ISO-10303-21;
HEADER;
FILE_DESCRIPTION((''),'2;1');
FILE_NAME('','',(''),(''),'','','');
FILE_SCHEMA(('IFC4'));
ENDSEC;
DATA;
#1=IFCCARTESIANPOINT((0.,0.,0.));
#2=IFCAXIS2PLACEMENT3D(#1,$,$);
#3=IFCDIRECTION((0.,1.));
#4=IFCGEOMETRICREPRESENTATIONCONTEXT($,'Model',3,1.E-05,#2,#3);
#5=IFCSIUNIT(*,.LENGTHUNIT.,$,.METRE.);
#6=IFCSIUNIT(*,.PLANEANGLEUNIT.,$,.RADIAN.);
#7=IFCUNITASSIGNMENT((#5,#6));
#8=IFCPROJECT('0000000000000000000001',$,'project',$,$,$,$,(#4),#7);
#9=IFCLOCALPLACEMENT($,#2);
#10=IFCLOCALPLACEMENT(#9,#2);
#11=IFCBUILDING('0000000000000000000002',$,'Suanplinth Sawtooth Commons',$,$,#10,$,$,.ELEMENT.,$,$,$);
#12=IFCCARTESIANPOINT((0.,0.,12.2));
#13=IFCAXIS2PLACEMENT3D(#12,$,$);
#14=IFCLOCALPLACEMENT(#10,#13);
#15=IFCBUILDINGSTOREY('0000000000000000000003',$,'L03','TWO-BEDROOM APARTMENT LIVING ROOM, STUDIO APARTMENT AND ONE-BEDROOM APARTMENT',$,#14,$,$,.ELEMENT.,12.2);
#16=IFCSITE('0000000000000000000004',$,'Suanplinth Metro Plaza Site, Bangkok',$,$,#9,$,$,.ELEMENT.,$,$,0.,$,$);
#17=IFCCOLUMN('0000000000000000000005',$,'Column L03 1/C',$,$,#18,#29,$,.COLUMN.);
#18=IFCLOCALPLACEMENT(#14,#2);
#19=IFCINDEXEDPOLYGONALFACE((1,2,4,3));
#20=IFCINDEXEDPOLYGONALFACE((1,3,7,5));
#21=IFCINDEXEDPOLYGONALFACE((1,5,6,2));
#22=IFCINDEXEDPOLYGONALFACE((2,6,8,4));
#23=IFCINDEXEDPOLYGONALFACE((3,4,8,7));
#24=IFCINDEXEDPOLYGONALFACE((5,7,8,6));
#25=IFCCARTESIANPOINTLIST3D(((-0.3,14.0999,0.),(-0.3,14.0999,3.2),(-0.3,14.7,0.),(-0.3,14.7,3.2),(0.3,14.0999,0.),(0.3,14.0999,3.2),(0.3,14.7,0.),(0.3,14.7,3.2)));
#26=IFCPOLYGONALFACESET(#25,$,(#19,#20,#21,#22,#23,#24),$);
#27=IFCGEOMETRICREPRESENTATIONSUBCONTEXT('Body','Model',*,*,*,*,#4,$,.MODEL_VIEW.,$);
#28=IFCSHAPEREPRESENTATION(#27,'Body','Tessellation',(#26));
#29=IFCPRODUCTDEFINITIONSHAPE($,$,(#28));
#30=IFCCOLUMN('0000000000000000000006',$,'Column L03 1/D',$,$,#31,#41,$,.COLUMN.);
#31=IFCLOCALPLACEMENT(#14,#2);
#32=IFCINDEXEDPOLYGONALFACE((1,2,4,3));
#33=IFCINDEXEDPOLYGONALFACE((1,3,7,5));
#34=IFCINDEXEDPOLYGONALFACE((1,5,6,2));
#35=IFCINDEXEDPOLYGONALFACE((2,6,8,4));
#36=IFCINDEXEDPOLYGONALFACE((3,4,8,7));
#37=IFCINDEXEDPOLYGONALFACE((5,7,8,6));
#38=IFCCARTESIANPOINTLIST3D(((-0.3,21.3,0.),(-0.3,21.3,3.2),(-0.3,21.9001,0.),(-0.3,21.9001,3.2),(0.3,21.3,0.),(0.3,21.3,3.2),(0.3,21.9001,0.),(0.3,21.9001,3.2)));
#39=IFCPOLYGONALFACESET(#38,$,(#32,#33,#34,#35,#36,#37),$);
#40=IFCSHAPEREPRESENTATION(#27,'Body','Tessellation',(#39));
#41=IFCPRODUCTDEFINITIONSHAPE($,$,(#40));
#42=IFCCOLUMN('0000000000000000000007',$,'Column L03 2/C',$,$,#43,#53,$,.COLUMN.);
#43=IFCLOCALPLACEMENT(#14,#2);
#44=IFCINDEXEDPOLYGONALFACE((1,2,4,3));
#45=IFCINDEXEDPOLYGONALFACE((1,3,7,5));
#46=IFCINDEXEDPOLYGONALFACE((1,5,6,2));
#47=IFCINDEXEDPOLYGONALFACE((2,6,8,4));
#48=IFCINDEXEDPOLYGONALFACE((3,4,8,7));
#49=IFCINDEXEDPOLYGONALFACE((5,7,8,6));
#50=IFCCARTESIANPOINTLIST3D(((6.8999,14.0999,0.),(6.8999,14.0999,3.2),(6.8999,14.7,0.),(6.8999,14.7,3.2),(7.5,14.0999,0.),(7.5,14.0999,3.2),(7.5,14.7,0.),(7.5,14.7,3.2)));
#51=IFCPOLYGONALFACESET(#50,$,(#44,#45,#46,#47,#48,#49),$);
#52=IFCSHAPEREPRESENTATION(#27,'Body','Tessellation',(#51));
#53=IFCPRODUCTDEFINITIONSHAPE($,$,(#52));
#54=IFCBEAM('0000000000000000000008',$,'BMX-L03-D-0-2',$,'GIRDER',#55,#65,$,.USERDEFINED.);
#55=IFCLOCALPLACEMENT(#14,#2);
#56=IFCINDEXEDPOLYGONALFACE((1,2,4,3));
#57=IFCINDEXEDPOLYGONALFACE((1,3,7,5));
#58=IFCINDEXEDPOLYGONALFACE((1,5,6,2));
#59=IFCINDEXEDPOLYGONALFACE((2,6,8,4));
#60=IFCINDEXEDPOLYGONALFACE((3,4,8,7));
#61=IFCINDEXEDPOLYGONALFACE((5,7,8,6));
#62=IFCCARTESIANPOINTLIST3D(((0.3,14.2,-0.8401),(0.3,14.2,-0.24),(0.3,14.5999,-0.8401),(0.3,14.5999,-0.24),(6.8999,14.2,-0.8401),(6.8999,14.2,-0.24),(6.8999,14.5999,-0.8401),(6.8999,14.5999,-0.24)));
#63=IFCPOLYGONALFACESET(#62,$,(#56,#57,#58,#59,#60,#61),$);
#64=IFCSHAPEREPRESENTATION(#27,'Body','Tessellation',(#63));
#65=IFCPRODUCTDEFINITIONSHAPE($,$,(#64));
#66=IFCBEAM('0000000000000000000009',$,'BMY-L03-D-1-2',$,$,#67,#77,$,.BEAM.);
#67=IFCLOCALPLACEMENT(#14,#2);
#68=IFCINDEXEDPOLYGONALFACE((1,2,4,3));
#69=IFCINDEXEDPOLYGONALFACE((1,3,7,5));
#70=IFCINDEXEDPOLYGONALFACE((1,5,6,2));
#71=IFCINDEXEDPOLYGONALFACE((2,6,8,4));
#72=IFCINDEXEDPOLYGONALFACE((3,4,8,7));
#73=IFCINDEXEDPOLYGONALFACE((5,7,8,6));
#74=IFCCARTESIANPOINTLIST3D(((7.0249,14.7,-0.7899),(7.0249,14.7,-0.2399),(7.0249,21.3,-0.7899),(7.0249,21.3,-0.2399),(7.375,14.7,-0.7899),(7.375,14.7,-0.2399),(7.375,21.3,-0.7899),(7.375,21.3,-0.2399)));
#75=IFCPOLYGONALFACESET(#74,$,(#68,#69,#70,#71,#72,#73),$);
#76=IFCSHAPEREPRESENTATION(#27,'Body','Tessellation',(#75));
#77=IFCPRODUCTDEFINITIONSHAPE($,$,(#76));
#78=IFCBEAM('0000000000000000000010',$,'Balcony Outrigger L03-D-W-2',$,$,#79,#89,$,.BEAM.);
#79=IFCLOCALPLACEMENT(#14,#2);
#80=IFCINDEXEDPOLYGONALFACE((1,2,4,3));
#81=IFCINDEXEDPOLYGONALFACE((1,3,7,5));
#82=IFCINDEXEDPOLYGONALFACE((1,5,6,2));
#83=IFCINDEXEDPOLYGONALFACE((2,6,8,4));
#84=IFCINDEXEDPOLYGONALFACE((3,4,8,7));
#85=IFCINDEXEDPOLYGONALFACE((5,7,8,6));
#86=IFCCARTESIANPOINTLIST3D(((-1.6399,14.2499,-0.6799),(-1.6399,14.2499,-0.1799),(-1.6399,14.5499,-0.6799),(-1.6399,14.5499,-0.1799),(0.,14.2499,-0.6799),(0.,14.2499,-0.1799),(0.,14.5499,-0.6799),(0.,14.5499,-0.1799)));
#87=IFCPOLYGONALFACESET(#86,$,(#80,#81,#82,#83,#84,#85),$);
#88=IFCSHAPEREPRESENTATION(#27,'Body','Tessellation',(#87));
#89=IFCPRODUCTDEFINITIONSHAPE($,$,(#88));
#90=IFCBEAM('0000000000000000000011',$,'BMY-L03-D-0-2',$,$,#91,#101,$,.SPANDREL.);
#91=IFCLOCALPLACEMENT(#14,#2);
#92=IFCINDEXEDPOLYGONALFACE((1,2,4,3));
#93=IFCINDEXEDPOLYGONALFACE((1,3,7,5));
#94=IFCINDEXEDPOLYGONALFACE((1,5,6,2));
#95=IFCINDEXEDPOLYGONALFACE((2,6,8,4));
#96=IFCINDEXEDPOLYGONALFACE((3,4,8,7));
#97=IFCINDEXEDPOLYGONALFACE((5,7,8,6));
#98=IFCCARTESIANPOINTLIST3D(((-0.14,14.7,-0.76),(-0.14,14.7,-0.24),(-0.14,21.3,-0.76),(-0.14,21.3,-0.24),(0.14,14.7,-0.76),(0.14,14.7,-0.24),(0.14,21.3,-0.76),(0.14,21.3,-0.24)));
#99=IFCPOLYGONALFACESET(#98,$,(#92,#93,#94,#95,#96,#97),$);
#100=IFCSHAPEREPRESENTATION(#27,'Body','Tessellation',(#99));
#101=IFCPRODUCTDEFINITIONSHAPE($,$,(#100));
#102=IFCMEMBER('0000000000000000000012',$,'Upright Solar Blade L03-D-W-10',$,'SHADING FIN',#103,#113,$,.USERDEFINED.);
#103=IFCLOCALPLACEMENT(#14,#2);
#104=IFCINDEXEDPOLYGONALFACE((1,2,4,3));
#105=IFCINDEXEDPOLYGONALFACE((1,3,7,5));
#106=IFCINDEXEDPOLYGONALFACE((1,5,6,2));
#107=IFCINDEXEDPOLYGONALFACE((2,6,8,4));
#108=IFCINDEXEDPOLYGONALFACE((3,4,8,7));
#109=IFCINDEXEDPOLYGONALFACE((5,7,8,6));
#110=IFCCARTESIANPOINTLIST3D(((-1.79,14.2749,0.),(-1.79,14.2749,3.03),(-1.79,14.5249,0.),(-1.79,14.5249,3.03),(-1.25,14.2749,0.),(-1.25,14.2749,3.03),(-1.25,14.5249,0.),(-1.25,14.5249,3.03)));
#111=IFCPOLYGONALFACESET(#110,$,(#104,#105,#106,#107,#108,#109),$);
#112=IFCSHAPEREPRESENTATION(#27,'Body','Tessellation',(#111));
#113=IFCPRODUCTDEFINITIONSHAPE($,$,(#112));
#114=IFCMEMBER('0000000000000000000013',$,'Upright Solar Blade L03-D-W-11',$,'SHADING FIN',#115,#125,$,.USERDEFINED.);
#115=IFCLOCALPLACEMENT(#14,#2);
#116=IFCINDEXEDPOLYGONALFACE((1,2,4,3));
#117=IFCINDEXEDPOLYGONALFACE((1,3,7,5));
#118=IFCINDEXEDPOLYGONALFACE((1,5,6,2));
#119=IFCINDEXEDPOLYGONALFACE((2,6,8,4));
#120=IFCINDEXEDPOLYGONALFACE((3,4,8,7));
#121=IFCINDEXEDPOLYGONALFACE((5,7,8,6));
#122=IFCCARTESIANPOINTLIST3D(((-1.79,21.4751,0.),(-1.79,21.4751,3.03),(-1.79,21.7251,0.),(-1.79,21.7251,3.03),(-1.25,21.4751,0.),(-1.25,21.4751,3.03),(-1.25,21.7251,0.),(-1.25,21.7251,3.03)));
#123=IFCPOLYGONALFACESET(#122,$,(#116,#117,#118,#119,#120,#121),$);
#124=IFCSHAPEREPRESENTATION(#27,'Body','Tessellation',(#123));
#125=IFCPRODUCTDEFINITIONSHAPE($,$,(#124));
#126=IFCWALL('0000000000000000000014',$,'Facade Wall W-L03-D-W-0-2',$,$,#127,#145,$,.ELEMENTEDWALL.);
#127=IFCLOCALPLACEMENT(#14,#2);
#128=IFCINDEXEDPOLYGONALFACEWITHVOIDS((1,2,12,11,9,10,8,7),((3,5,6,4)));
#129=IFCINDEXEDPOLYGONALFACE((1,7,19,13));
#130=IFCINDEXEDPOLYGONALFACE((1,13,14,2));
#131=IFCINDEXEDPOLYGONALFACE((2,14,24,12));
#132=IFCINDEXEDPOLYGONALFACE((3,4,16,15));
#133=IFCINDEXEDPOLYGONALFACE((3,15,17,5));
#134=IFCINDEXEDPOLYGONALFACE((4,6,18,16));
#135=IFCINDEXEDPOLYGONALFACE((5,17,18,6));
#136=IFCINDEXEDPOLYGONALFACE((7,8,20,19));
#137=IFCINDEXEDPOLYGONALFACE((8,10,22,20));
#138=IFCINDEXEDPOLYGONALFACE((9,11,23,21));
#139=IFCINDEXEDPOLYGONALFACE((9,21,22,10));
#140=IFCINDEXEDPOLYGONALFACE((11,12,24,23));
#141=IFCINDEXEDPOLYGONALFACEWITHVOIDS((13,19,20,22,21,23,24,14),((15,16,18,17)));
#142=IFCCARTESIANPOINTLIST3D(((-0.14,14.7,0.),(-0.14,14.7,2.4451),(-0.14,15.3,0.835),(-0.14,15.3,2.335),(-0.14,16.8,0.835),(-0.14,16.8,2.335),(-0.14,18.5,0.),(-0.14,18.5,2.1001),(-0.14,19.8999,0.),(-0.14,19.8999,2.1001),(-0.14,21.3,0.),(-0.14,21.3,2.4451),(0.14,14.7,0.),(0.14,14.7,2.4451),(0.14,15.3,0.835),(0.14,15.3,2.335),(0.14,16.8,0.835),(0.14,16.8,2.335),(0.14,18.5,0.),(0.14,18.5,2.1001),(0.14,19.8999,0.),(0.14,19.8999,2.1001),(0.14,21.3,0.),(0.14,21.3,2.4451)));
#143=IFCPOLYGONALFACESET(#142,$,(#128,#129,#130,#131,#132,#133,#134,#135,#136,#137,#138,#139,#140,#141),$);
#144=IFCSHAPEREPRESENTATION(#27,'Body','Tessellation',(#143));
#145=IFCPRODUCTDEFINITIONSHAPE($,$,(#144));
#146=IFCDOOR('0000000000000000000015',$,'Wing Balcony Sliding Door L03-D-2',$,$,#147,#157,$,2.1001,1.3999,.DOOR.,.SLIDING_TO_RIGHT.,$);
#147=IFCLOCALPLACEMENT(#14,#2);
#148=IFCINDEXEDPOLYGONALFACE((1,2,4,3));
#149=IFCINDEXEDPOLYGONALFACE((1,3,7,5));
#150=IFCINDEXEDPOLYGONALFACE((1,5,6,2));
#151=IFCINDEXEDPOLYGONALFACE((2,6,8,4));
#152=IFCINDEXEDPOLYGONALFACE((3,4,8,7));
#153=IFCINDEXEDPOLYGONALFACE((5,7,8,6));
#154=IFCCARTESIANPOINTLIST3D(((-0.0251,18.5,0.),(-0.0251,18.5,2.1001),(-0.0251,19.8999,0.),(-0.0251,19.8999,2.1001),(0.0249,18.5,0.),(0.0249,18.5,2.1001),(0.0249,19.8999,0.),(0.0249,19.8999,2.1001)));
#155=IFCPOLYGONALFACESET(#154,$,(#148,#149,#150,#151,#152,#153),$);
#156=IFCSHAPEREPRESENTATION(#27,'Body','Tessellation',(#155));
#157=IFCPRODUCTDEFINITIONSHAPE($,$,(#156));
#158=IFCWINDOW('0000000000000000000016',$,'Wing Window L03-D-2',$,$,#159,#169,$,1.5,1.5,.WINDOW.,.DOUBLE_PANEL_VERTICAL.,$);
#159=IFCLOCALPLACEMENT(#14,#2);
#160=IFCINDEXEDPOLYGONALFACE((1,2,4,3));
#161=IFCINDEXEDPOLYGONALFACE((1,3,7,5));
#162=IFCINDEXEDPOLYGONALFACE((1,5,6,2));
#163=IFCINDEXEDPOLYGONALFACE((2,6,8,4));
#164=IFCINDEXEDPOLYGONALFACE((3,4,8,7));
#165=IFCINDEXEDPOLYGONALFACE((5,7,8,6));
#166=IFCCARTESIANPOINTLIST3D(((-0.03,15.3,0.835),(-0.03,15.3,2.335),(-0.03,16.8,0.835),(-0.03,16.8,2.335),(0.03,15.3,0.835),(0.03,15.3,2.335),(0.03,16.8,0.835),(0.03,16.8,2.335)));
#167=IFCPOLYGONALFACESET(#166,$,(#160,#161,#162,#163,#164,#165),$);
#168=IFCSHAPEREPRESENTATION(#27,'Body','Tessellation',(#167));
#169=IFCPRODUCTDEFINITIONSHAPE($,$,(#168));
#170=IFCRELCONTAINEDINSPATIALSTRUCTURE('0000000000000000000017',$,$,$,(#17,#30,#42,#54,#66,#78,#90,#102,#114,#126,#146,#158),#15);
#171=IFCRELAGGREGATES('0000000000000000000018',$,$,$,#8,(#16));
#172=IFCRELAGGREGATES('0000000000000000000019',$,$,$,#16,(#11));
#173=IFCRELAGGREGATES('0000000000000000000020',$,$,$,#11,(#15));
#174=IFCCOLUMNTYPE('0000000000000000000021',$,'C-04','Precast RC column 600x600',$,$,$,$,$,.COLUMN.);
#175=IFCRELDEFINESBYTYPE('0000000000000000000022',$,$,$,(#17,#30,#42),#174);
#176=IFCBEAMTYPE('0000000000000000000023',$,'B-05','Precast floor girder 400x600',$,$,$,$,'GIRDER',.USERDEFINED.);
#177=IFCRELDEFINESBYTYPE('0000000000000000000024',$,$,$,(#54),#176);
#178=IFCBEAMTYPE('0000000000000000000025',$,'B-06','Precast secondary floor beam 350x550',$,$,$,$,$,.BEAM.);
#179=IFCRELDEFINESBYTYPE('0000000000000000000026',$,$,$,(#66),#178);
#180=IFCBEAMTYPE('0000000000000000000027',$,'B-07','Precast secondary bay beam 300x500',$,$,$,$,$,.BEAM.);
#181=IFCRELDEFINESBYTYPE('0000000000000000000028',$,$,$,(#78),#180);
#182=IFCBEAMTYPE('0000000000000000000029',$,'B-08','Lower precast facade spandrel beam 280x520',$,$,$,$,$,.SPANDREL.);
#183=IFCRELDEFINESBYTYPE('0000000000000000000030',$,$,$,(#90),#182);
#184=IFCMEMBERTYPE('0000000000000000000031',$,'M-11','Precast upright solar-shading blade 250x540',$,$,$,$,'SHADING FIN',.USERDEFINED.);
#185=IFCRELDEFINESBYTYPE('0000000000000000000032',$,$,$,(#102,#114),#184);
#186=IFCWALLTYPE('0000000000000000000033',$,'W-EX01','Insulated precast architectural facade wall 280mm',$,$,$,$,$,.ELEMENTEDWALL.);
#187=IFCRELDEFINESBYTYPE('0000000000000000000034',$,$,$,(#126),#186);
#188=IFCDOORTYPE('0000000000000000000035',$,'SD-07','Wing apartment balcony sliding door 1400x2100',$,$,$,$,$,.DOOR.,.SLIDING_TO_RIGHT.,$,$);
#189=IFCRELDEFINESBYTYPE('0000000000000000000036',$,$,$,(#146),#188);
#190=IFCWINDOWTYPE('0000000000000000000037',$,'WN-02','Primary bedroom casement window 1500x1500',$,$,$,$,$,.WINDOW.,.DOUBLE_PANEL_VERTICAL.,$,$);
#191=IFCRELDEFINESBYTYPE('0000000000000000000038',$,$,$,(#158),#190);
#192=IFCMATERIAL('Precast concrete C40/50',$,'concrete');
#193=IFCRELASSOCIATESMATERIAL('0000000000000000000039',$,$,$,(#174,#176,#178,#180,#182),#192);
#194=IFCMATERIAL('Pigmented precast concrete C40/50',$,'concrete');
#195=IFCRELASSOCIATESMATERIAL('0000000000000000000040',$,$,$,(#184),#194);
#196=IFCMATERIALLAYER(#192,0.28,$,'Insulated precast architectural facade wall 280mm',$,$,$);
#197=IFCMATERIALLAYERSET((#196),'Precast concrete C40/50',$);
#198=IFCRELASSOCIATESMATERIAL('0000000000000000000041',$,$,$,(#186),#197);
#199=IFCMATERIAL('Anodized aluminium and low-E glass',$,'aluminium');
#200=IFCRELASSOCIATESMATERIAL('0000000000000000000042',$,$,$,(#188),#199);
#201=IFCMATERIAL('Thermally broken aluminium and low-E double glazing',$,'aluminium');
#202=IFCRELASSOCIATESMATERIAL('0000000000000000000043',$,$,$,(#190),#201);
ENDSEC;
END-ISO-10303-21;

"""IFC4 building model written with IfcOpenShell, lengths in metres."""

from ifc_helpers import new_model, si_unit, direction, frame, frame_2d, origin, origin_2d, place, context, subcontext, project, spatial, rectangle, extrude, material, layer, layer_set, material_profile, profile_set, type_object, element, fill, save


model = new_model("IFC4")

# Units and contexts
model_context = context("Model", 3, precision=1e-05, world=origin(), true_north=direction((0.0, 1.0)))
body_context = subcontext(model_context, "Body", "Model", "MODEL_VIEW")
ifc_project = project(units=[si_unit("LENGTHUNIT", "METRE"), si_unit("PLANEANGLEUNIT", "RADIAN")], contexts=[model_context])

# Site, building, storey
site_placement = place(None, origin())
site = spatial("IfcSite", under=ifc_project, at=site_placement, Name="Suanplinth Metro Plaza Site, Bangkok", CompositionType="ELEMENT", RefElevation=0.0)
building_placement = place(site_placement, origin())
building = spatial("IfcBuilding", under=site, at=building_placement, Name="Suanplinth Sawtooth Commons", CompositionType="ELEMENT")
storey_placement = place(building_placement, frame((0.0, 0.0, 12.2)))
storey = spatial("IfcBuildingStorey", under=building, at=storey_placement, Name="L03", Description="TWO-BEDROOM APARTMENT LIVING ROOM, STUDIO APARTMENT AND ONE-BEDROOM APARTMENT", CompositionType="ELEMENT", Elevation=12.2)

# Columns
ifc_material_1 = material(Name="Precast concrete C40/50", Category="concrete")
ifc_material_profile_1 = material_profile(ifc_material_1, rectangle(XDim=0.6001, YDim=0.6001, at=origin_2d()), Name="PC-COL 600x600")
ifc_profile_set_1 = profile_set([ifc_material_profile_1], Name="Precast concrete C40/50")
column_type = type_object("IfcColumnType", Name="C-04", Description="Precast RC column 600x600", PredefinedType="COLUMN", material=ifc_profile_set_1)
for number, where, z_axis, x_axis, name in (
    (1, (0.0, 14.3999, 0.0), (0.0, 0.0, 1.0), (1.0, 0.0, 0.0), "Column L03 1/C"),
    (2, (0.0, 21.6001, 0.0), (0.0, 0.0, 1.0), (1.0, 0.0, 0.0), "Column L03 1/D"),
    (3, (7.2, 14.3999, 0.0), (0.0, 0.0, 1.0), (1.0, 0.0, 0.0), "Column L03 2/C"),
):
    element("IfcColumn", number, at=place(storey_placement, frame(where, z_axis=z_axis, x_axis=x_axis)), inside=storey, type_object=column_type, Name=name, PredefinedType="COLUMN", context=body_context, shape_type="SweptSolid", body=[
        extrude(rectangle(XDim=0.6001, YDim=0.6001, at=origin_2d()), origin(), (0.0, 0.0, 1.0), 3.2),
    ])

# Beams
ifc_material_profile_2 = material_profile(ifc_material_1, rectangle(XDim=0.3999, YDim=0.6001, at=origin_2d()), Name="PC-GDR 400x600")
ifc_profile_set_2 = profile_set([ifc_material_profile_2], Name="Precast concrete C40/50")
beam_type_1 = type_object("IfcBeamType", Name="B-05", Description="Precast floor girder 400x600", ElementType="GIRDER", PredefinedType="USERDEFINED", material=ifc_profile_set_2)
beam_1_placement = place(storey_placement, frame((0.3, 14.3999, -0.54), z_axis=(1.0, 0.0, 0.0), x_axis=(0.0, 1.0, 0.0)))
element("IfcBeam", 4, at=beam_1_placement, inside=storey, type_object=beam_type_1, Name="BMX-L03-D-0-2", ObjectType="GIRDER", PredefinedType="USERDEFINED", context=body_context, shape_type="SweptSolid", body=[
    extrude(rectangle(XDim=0.3999, YDim=0.6001, at=origin_2d()), origin(), (0.0, 0.0, 1.0), 6.5999),
])
ifc_material_profile_3 = material_profile(ifc_material_1, rectangle(XDim=0.3501, YDim=0.55, at=origin_2d()), Name="PC-BM 350x550")
ifc_profile_set_3 = profile_set([ifc_material_profile_3], Name="Precast concrete C40/50")
beam_type_2 = type_object("IfcBeamType", Name="B-06", Description="Precast secondary floor beam 350x550", PredefinedType="BEAM", material=ifc_profile_set_3)
beam_2_placement = place(storey_placement, frame((7.2, 14.7, -0.5149), z_axis=(0.0, 1.0, 0.0), x_axis=(-1.0, 0.0, 0.0)))
element("IfcBeam", 5, at=beam_2_placement, inside=storey, type_object=beam_type_2, Name="BMY-L03-D-1-2", PredefinedType="BEAM", context=body_context, shape_type="SweptSolid", body=[
    extrude(rectangle(XDim=0.3501, YDim=0.55, at=origin_2d()), origin(), (0.0, 0.0, 1.0), 6.6001),
])
ifc_material_profile_4 = material_profile(ifc_material_1, rectangle(XDim=0.3, YDim=0.5, at=origin_2d()), Name="PC-BM 300x500")
ifc_profile_set_4 = profile_set([ifc_material_profile_4], Name="Precast concrete C40/50")
beam_type_3 = type_object("IfcBeamType", Name="B-07", Description="Precast secondary bay beam 300x500", PredefinedType="BEAM", material=ifc_profile_set_4)
beam_3_placement = place(storey_placement, frame((0.0, 14.3999, -0.4299), z_axis=(-1.0, 0.0, 0.0), x_axis=(0.0, -1.0, 0.0)))
element("IfcBeam", 6, at=beam_3_placement, inside=storey, type_object=beam_type_3, Name="Balcony Outrigger L03-D-W-2", PredefinedType="BEAM", context=body_context, shape_type="SweptSolid", body=[
    extrude(rectangle(XDim=0.3, YDim=0.5, at=origin_2d()), origin(), (0.0, 0.0, 1.0), 1.6399),
])
ifc_material_profile_5 = material_profile(ifc_material_1, rectangle(XDim=0.28, YDim=0.52, at=origin_2d()), Name="PC-SP 280x520")
ifc_profile_set_5 = profile_set([ifc_material_profile_5], Name="Precast concrete C40/50")
beam_type_4 = type_object("IfcBeamType", Name="B-08", Description="Lower precast facade spandrel beam 280x520", PredefinedType="SPANDREL", material=ifc_profile_set_5)
beam_4_placement = place(storey_placement, frame((0.0, 14.7, -0.5), z_axis=(0.0, 1.0, 0.0), x_axis=(-1.0, 0.0, 0.0)))
element("IfcBeam", 7, at=beam_4_placement, inside=storey, type_object=beam_type_4, Name="BMY-L03-D-0-2", PredefinedType="SPANDREL", context=body_context, shape_type="SweptSolid", body=[
    extrude(rectangle(XDim=0.28, YDim=0.52, at=origin_2d()), origin(), (0.0, 0.0, 1.0), 6.6001),
])

# Members
ifc_material_2 = material(Name="Pigmented precast concrete C40/50", Category="concrete")
ifc_material_profile_6 = material_profile(ifc_material_2, rectangle(XDim=0.25, YDim=0.54, at=origin_2d()), Name="PC-FIN 250x540")
ifc_profile_set_6 = profile_set([ifc_material_profile_6], Name="Pigmented precast concrete C40/50")
member_type = type_object("IfcMemberType", Name="M-11", Description="Precast upright solar-shading blade 250x540", ElementType="SHADING FIN", PredefinedType="USERDEFINED", material=ifc_profile_set_6)
for number, where, z_axis, x_axis, name in (
    (8, (-1.52, 14.3999, 0.0), (0.0, 0.0, 1.0), (0.0, 1.0, 0.0), "Upright Solar Blade L03-D-W-10"),
    (9, (-1.52, 21.6001, 0.0), (0.0, 0.0, 1.0), (0.0, 1.0, 0.0), "Upright Solar Blade L03-D-W-11"),
):
    element("IfcMember", number, at=place(storey_placement, frame(where, z_axis=z_axis, x_axis=x_axis)), inside=storey, type_object=member_type, Name=name, ObjectType="SHADING FIN", PredefinedType="USERDEFINED", context=body_context, shape_type="SweptSolid", body=[
        extrude(rectangle(XDim=0.25, YDim=0.54, at=origin_2d()), origin(), (0.0, 0.0, 1.0), 3.03),
    ])

# Wall, openings, door, window
ifc_layer_1 = layer(ifc_material_1, 0.28, Name="Insulated precast architectural facade wall 280mm")
ifc_layer_set_1 = layer_set([ifc_layer_1], Name="Precast concrete C40/50")
wall_type_1 = type_object("IfcWallType", Name="W-EX01", Description="Insulated precast architectural facade wall 280mm", PredefinedType="ELEMENTEDWALL", material=ifc_layer_set_1)
wall_1_placement = place(storey_placement, frame((0.0, 14.7, 0.0), z_axis=(0.0, 0.0, 1.0), x_axis=(0.0, 1.0, 0.0)))
wall_1 = element("IfcWall", 10, at=wall_1_placement, inside=storey, type_object=wall_type_1, Name="Facade Wall W-L03-D-W-0-2", PredefinedType="ELEMENTEDWALL", context=body_context, shape_type="SweptSolid", body=[
    extrude(rectangle(XDim=6.6001, YDim=0.28, at=frame_2d((3.3, 0.0))), origin(), (0.0, 0.0, 1.0), 2.4451),
])
opening_1_placement = place(wall_1_placement, frame((3.8, 0.0, 0.0)))
opening_1 = element("IfcOpeningElement", 11, at=opening_1_placement, cuts=wall_1, PredefinedType="OPENING", context=body_context, shape_type="SweptSolid", body=[
    extrude(rectangle(XDim=1.3999, YDim=2.1001, at=frame_2d((0.7, 1.05))), frame((0.0, 0.1548, 0.0), z_axis=(0.0, -1.0, 0.0), x_axis=(1.0, 0.0, 0.0)), (0.0, 0.0, 1.0), 0.3098),
])
opening_2_placement = place(wall_1_placement, frame((0.6001, 0.0, 0.835)))
opening_2 = element("IfcOpeningElement", 12, at=opening_2_placement, cuts=wall_1, PredefinedType="OPENING", context=body_context, shape_type="SweptSolid", body=[
    extrude(rectangle(XDim=1.5, YDim=1.5, at=frame_2d((0.75, 0.75))), frame((0.0, 0.1548, 0.0), z_axis=(0.0, -1.0, 0.0), x_axis=(1.0, 0.0, 0.0)), (0.0, 0.0, 1.0), 0.3098),
])
ifc_material_3 = material(Name="Anodized aluminium and low-E glass", Category="aluminium")
door_type_1 = type_object("IfcDoorType", Name="SD-07", Description="Wing apartment balcony sliding door 1400x2100", OperationType="SLIDING_TO_RIGHT", PredefinedType="DOOR", material=ifc_material_3)
door_1_placement = place(opening_1_placement, frame((1.3999, 0.0, 0.0), z_axis=(0.0, 0.0, 1.0), x_axis=(-1.0, 0.0, 0.0)))
door_1 = element("IfcDoor", 13, at=door_1_placement, inside=storey, type_object=door_type_1, Name="Wing Balcony Sliding Door L03-D-2", OperationType="SLIDING_TO_RIGHT", OverallHeight=2.1001, OverallWidth=1.3999, PredefinedType="DOOR", context=body_context, shape_type="SweptSolid", body=[
    extrude(rectangle(XDim=1.3999, YDim=2.1001, at=frame_2d((0.7, 1.05))), frame((0.0, 0.0249, 0.0), z_axis=(0.0, -1.0, 0.0), x_axis=(1.0, 0.0, 0.0)), (0.0, 0.0, 1.0), 0.05),
])
fill(opening_1, door_1)
ifc_material_4 = material(Name="Thermally broken aluminium and low-E double glazing", Category="aluminium")
window_type = type_object("IfcWindowType", Name="WN-02", Description="Primary bedroom casement window 1500x1500", PartitioningType="DOUBLE_PANEL_VERTICAL", PredefinedType="WINDOW", material=ifc_material_4)
window_placement = place(opening_2_placement, origin())
window = element("IfcWindow", 14, at=window_placement, inside=storey, type_object=window_type, Name="Wing Window L03-D-2", OverallHeight=1.5, OverallWidth=1.5, PartitioningType="DOUBLE_PANEL_VERTICAL", PredefinedType="WINDOW", context=body_context, shape_type="SweptSolid", body=[
    extrude(rectangle(XDim=1.5, YDim=1.5, at=frame_2d((0.75, 0.75))), frame((0.0, 0.03, 0.0), z_axis=(0.0, -1.0, 0.0), x_axis=(1.0, 0.0, 0.0)), (0.0, 0.0, 1.0), 0.0601),
])
fill(opening_2, window)

save(model, "model.ifc")
